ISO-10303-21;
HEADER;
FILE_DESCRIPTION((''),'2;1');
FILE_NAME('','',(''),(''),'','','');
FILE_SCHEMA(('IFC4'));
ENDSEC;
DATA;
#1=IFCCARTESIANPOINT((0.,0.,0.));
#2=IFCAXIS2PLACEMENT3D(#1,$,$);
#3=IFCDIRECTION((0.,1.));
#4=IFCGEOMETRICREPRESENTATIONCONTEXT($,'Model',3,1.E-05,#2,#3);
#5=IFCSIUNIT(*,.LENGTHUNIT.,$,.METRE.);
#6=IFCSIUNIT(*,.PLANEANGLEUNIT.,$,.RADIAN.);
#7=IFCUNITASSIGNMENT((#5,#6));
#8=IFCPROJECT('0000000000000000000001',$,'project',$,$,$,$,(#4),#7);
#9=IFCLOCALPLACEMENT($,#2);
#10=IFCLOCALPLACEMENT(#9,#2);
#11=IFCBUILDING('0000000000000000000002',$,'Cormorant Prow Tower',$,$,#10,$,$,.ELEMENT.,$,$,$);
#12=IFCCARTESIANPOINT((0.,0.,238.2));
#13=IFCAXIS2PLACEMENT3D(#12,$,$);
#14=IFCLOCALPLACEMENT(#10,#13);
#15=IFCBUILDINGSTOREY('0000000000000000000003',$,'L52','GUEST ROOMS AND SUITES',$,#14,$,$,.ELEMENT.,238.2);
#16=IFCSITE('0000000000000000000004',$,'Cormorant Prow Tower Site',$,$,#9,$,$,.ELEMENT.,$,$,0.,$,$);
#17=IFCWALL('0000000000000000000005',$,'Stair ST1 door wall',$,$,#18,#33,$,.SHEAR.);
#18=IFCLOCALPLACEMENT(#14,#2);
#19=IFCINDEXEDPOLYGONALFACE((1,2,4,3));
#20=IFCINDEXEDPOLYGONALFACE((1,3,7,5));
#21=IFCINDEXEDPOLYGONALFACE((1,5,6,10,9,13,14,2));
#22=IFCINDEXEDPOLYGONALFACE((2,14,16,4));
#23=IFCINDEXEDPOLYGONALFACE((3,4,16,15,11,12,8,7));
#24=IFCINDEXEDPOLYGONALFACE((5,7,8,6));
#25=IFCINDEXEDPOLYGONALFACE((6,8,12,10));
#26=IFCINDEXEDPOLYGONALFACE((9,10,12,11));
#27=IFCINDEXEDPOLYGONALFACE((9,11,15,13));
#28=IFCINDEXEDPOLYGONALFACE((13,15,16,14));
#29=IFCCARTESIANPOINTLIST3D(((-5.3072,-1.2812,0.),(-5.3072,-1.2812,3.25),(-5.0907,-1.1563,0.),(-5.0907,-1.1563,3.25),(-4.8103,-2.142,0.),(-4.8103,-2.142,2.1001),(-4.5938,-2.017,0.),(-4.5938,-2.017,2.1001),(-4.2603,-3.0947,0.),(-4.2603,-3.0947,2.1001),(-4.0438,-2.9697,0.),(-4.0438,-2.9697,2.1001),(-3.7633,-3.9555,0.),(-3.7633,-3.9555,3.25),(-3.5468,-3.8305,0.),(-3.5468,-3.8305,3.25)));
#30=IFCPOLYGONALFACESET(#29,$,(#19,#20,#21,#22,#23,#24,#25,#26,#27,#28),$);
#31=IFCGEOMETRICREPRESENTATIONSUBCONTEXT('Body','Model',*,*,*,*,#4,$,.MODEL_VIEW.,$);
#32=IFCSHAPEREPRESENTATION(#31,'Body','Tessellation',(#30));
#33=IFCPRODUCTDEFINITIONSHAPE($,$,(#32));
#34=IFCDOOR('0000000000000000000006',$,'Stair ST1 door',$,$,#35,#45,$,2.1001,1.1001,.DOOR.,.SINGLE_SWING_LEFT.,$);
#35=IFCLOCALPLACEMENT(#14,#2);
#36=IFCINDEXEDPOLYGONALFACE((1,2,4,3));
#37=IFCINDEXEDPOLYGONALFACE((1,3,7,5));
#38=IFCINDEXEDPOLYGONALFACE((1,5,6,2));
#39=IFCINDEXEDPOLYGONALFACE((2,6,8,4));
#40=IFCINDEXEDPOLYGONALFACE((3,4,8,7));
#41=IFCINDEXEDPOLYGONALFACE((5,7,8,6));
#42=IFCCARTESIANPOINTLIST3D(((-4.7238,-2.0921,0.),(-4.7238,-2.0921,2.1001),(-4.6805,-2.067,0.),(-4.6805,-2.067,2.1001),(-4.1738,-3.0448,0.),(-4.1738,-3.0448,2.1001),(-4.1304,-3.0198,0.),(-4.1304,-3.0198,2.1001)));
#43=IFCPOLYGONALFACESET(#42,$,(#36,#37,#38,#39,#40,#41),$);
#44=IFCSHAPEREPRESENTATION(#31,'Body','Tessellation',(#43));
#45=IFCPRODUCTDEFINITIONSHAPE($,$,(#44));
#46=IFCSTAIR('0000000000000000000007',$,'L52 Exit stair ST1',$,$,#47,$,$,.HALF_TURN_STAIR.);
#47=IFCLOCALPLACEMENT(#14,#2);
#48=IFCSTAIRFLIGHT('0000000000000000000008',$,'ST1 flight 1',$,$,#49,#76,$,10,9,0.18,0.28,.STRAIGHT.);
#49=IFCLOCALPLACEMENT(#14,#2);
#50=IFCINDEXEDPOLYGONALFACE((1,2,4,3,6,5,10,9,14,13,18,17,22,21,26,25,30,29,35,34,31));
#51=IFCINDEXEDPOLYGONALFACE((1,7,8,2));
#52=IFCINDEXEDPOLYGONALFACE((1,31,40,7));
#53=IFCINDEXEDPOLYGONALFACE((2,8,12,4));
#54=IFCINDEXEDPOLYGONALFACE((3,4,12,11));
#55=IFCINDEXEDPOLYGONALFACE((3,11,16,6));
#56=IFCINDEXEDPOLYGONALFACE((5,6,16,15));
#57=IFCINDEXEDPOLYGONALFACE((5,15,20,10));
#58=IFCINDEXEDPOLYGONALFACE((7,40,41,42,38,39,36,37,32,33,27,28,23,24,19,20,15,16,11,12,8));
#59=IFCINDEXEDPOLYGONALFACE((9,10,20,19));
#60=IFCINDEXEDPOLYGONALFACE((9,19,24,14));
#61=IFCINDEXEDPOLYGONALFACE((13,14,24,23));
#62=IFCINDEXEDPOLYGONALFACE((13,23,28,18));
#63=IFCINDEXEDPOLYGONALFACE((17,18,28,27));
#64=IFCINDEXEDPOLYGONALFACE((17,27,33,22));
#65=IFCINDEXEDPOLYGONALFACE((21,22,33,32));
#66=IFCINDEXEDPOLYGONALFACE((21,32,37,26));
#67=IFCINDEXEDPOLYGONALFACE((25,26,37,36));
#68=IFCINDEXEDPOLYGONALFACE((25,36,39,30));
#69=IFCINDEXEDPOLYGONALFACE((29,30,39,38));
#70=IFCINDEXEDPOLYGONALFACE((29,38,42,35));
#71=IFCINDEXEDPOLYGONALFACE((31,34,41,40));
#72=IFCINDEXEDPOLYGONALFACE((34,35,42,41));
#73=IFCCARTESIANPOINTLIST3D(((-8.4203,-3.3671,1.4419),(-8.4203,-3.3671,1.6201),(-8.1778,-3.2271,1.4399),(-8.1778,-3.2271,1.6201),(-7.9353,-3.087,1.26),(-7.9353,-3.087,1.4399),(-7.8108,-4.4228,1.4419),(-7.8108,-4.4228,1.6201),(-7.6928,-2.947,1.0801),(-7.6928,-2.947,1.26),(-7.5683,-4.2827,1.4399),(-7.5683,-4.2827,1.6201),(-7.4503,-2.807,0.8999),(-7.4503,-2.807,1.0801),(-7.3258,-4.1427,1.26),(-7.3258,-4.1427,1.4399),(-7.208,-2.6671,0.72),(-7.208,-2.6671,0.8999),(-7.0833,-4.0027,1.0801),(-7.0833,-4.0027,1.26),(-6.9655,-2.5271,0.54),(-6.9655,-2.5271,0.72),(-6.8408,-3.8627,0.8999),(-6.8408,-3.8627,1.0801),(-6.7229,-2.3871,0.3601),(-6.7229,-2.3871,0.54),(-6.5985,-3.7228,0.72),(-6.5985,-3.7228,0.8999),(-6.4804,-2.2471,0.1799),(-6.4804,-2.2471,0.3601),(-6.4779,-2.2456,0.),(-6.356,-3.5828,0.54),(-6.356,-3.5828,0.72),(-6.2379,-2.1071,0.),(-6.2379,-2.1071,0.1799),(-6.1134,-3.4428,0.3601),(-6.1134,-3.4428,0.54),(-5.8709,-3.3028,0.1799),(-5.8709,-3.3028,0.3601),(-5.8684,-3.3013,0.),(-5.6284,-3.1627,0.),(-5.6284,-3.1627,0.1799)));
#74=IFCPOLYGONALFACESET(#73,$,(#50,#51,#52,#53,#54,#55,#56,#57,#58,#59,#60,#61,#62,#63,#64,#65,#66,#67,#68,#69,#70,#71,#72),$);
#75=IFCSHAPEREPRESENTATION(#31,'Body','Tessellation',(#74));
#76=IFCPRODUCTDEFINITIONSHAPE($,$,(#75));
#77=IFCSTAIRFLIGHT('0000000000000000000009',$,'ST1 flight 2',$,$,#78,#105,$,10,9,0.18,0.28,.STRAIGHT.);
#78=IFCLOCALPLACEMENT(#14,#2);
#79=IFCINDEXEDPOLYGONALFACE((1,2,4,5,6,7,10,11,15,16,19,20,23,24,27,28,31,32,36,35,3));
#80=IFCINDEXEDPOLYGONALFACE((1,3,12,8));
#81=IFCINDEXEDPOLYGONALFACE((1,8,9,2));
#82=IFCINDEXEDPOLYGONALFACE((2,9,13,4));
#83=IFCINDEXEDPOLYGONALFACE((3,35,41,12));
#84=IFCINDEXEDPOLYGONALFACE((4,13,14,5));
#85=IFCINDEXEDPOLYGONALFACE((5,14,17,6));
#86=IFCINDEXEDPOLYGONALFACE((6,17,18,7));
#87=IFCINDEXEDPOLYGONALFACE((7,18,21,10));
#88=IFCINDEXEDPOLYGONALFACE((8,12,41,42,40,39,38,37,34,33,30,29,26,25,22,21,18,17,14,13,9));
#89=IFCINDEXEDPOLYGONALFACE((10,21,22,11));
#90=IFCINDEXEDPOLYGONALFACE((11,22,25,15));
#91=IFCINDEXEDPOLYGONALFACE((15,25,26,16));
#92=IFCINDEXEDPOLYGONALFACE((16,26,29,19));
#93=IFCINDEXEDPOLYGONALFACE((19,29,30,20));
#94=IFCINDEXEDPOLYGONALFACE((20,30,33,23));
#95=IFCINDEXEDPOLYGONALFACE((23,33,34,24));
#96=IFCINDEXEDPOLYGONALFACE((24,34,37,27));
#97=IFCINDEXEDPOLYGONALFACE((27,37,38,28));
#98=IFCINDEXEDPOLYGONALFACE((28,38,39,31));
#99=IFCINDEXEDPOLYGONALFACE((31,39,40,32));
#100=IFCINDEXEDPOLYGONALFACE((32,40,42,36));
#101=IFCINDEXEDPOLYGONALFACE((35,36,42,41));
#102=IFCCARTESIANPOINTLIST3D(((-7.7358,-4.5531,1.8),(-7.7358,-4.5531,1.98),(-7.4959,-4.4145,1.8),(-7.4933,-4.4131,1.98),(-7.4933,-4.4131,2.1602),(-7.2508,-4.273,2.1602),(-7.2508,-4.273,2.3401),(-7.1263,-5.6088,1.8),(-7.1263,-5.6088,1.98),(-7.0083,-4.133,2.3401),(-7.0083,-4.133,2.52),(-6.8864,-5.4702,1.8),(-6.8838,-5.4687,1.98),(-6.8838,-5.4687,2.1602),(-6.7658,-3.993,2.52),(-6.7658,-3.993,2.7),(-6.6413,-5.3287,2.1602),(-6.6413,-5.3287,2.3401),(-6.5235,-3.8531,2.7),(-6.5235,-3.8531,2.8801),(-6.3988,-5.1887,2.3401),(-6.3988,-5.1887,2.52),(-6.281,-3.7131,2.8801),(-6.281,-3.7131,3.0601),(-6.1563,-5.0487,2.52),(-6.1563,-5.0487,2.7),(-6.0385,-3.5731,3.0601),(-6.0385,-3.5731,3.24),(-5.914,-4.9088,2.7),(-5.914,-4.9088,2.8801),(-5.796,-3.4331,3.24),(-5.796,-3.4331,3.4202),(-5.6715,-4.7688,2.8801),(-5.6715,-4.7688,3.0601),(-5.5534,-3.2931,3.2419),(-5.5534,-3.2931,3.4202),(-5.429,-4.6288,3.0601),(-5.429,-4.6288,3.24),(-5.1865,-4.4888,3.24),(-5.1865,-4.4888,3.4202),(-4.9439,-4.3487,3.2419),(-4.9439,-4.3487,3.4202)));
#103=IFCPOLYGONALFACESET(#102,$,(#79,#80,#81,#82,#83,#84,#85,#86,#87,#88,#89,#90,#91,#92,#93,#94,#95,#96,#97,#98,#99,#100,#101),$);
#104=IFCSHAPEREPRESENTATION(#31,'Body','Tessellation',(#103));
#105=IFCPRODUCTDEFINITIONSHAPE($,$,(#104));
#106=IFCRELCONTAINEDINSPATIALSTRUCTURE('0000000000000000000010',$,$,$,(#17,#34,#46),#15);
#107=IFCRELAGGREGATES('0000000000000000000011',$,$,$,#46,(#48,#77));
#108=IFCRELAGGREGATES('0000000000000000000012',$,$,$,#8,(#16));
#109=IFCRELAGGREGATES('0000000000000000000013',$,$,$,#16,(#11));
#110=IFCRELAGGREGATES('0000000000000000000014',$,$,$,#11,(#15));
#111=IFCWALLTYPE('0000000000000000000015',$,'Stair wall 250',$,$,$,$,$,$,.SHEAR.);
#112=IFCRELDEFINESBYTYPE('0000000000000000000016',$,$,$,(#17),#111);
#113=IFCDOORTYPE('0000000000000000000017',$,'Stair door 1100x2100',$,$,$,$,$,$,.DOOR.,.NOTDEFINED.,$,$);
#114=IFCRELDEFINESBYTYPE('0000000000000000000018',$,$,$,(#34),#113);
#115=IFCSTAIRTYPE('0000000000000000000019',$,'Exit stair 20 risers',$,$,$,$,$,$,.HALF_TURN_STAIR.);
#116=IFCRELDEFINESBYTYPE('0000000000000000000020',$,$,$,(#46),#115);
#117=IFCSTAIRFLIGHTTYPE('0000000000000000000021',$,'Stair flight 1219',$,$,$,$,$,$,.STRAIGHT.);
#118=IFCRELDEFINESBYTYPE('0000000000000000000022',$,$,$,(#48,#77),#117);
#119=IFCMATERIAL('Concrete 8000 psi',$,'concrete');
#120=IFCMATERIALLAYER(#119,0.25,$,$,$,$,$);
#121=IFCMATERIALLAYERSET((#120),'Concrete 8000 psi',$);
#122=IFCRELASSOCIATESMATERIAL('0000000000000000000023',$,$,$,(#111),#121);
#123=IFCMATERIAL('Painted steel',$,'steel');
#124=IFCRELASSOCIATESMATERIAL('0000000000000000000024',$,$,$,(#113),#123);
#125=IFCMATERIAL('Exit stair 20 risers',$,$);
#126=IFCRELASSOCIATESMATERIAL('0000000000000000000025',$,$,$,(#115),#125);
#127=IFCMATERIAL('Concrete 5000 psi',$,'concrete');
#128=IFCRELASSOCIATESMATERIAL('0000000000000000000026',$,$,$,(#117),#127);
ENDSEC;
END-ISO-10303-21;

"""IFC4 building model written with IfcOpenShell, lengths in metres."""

from ifc_helpers import new_model, si_unit, direction, frame, frame_2d, origin, place, context, subcontext, project, spatial, polyline, rectangle, outline, extrude, material, layer, layer_set, type_object, element, fill, aggregate, save


model = new_model("IFC4")

# Units and contexts
model_context = context("Model", 3, precision=1e-05, world=origin(), true_north=direction((0.0, 1.0)))
body_context = subcontext(model_context, "Body", "Model", "MODEL_VIEW")
ifc_project = project(units=[si_unit("LENGTHUNIT", "METRE"), si_unit("PLANEANGLEUNIT", "RADIAN")], contexts=[model_context])

# Site, building, storey
site_placement = place(None, origin())
site = spatial("IfcSite", under=ifc_project, at=site_placement, Name="Cormorant Prow Tower Site", CompositionType="ELEMENT", RefElevation=0.0)
building_placement = place(site_placement, origin())
building = spatial("IfcBuilding", under=site, at=building_placement, Name="Cormorant Prow Tower", CompositionType="ELEMENT")
storey_placement = place(building_placement, frame((0.0, 0.0, 238.2)))
storey = spatial("IfcBuildingStorey", under=building, at=storey_placement, Name="L52", Description="GUEST ROOMS AND SUITES", CompositionType="ELEMENT", Elevation=238.2)

# Wall, opening, door
ifc_material_1 = material(Name="Concrete 8000 psi", Category="concrete")
ifc_layer_1 = layer(ifc_material_1, 0.25)
ifc_layer_set_1 = layer_set([ifc_layer_1], Name="Concrete 8000 psi")
wall_type_1 = type_object("IfcWallType", Name="Stair wall 250", PredefinedType="SHEAR", material=ifc_layer_set_1)
wall_1_placement = place(storey_placement, frame((-5.199, -1.2188, 0.0), z_axis=(0.0, 0.0, 1.0), x_axis=(0.499983, -0.866035, 0.0)))
wall_1 = element("IfcWall", 1, at=wall_1_placement, inside=storey, type_object=wall_type_1, Name="Stair ST1 door wall", PredefinedType="SHEAR", context=body_context, shape_type="SweptSolid", body=[
    extrude(rectangle(XDim=3.0879, YDim=0.25, at=frame_2d((1.5439, 0.0))), origin(), (0.0, 0.0, 1.0), 3.25),
])
opening_1_placement = place(wall_1_placement, frame((0.9939, 0.0, 0.0)))
opening_1 = element("IfcOpeningElement", 2, at=opening_1_placement, cuts=wall_1, PredefinedType="OPENING", context=body_context, shape_type="SweptSolid", body=[
    extrude(rectangle(XDim=1.1001, YDim=2.1001, at=frame_2d((0.55, 1.05))), frame((0.0, 0.135, 0.0), z_axis=(0.0, -1.0, 0.0), x_axis=(1.0, 0.0, 0.0)), (0.0, 0.0, 1.0), 0.27),
])
ifc_material_2 = material(Name="Painted steel", Category="steel")
door_type_1 = type_object("IfcDoorType", Name="Stair door 1100x2100", OperationType="NOTDEFINED", PredefinedType="DOOR", material=ifc_material_2)
door_1_placement = place(opening_1_placement, origin())
door_1 = element("IfcDoor", 3, at=door_1_placement, inside=storey, type_object=door_type_1, Name="Stair ST1 door", OperationType="SINGLE_SWING_LEFT", OverallHeight=2.1001, OverallWidth=1.1001, PredefinedType="DOOR", context=body_context, shape_type="SweptSolid", body=[
    extrude(rectangle(XDim=1.1001, YDim=2.1001, at=frame_2d((0.55, 1.05))), frame((0.0, 0.0249, 0.0), z_axis=(0.0, -1.0, 0.0), x_axis=(1.0, 0.0, 0.0)), (0.0, 0.0, 1.0), 0.05),
])
fill(opening_1, door_1)

# Stair, stair flights
ifc_material_3 = material(Name="Exit stair 20 risers")
stair_type = type_object("IfcStairType", Name="Exit stair 20 risers", PredefinedType="HALF_TURN_STAIR", material=ifc_material_3)
stair_placement = place(storey_placement, origin())
stair = element("IfcStair", 4, at=stair_placement, inside=storey, type_object=stair_type, Name="L52 Exit stair ST1", PredefinedType="HALF_TURN_STAIR")
ifc_material_4 = material(Name="Concrete 5000 psi", Category="concrete")
stair_flight_type = type_object("IfcStairFlightType", Name="Stair flight 1219", PredefinedType="STRAIGHT", material=ifc_material_4)
stair_flight_1_placement = place(storey_placement, frame((-5.9331, -2.635, 0.0), z_axis=(0.0, 0.0, 1.0), x_axis=(-0.866025, -0.5, 0.0)))
stair_flight_1 = element("IfcStairFlight", 5, at=stair_flight_1_placement, type_object=stair_flight_type, Name="ST1 flight 1", NumberOfRisers=10, NumberOfTreads=9, PredefinedType="STRAIGHT", RiserHeight=0.18, TreadLength=0.28, context=body_context, shape_type="SweptSolid", body=[
    extrude(outline(polyline([(0.0, 0.0), (0.0, 0.1799), (0.28, 0.1799), (0.28, 0.3601), (0.5601, 0.3601), (0.5601, 0.54), (0.8401, 0.54), (0.8401, 0.72), (1.1201, 0.72), (1.1201, 0.8999), (1.3999, 0.8999), (1.3999, 1.0801), (1.6799, 1.0801), (1.6799, 1.26), (1.96, 1.26), (1.96, 1.4399), (2.24, 1.4399), (2.24, 1.6201), (2.52, 1.6201), (2.52, 1.8), (2.52, 1.4419), (0.2771, 0.0), (0.0, 0.0)])), frame((0.0, 0.6094, 0.0), z_axis=(0.0, -1.0, 0.0), x_axis=(1.0, 0.0, 0.0)), (0.0, 0.0, 1.0), 1.219),
])
stair_flight_2_placement = place(storey_placement, frame((-7.4312, -5.0808, 1.8), z_axis=(0.0, 0.0, 1.0), x_axis=(0.866025, 0.5, 0.0)))
stair_flight_2 = element("IfcStairFlight", 6, at=stair_flight_2_placement, type_object=stair_flight_type, Name="ST1 flight 2", NumberOfRisers=10, NumberOfTreads=9, PredefinedType="STRAIGHT", RiserHeight=0.18, TreadLength=0.28, context=body_context, shape_type="SweptSolid", body=[
    extrude(outline(polyline([(0.0, 0.0), (0.0, 0.1799), (0.28, 0.1799), (0.28, 0.3601), (0.5601, 0.3601), (0.5601, 0.54), (0.8401, 0.54), (0.8401, 0.72), (1.1201, 0.72), (1.1201, 0.8999), (1.3999, 0.8999), (1.3999, 1.0801), (1.6799, 1.0801), (1.6799, 1.26), (1.96, 1.26), (1.96, 1.4399), (2.24, 1.4399), (2.24, 1.6201), (2.52, 1.6201), (2.52, 1.8), (2.52, 1.4419), (0.2771, 0.0), (0.0, 0.0)])), frame((0.0, 0.6094, 0.0), z_axis=(0.0, -1.0, 0.0), x_axis=(1.0, 0.0, 0.0)), (0.0, 0.0, 1.0), 1.219),
])
aggregate(stair, [stair_flight_1, stair_flight_2])

save(model, "model.ifc")
